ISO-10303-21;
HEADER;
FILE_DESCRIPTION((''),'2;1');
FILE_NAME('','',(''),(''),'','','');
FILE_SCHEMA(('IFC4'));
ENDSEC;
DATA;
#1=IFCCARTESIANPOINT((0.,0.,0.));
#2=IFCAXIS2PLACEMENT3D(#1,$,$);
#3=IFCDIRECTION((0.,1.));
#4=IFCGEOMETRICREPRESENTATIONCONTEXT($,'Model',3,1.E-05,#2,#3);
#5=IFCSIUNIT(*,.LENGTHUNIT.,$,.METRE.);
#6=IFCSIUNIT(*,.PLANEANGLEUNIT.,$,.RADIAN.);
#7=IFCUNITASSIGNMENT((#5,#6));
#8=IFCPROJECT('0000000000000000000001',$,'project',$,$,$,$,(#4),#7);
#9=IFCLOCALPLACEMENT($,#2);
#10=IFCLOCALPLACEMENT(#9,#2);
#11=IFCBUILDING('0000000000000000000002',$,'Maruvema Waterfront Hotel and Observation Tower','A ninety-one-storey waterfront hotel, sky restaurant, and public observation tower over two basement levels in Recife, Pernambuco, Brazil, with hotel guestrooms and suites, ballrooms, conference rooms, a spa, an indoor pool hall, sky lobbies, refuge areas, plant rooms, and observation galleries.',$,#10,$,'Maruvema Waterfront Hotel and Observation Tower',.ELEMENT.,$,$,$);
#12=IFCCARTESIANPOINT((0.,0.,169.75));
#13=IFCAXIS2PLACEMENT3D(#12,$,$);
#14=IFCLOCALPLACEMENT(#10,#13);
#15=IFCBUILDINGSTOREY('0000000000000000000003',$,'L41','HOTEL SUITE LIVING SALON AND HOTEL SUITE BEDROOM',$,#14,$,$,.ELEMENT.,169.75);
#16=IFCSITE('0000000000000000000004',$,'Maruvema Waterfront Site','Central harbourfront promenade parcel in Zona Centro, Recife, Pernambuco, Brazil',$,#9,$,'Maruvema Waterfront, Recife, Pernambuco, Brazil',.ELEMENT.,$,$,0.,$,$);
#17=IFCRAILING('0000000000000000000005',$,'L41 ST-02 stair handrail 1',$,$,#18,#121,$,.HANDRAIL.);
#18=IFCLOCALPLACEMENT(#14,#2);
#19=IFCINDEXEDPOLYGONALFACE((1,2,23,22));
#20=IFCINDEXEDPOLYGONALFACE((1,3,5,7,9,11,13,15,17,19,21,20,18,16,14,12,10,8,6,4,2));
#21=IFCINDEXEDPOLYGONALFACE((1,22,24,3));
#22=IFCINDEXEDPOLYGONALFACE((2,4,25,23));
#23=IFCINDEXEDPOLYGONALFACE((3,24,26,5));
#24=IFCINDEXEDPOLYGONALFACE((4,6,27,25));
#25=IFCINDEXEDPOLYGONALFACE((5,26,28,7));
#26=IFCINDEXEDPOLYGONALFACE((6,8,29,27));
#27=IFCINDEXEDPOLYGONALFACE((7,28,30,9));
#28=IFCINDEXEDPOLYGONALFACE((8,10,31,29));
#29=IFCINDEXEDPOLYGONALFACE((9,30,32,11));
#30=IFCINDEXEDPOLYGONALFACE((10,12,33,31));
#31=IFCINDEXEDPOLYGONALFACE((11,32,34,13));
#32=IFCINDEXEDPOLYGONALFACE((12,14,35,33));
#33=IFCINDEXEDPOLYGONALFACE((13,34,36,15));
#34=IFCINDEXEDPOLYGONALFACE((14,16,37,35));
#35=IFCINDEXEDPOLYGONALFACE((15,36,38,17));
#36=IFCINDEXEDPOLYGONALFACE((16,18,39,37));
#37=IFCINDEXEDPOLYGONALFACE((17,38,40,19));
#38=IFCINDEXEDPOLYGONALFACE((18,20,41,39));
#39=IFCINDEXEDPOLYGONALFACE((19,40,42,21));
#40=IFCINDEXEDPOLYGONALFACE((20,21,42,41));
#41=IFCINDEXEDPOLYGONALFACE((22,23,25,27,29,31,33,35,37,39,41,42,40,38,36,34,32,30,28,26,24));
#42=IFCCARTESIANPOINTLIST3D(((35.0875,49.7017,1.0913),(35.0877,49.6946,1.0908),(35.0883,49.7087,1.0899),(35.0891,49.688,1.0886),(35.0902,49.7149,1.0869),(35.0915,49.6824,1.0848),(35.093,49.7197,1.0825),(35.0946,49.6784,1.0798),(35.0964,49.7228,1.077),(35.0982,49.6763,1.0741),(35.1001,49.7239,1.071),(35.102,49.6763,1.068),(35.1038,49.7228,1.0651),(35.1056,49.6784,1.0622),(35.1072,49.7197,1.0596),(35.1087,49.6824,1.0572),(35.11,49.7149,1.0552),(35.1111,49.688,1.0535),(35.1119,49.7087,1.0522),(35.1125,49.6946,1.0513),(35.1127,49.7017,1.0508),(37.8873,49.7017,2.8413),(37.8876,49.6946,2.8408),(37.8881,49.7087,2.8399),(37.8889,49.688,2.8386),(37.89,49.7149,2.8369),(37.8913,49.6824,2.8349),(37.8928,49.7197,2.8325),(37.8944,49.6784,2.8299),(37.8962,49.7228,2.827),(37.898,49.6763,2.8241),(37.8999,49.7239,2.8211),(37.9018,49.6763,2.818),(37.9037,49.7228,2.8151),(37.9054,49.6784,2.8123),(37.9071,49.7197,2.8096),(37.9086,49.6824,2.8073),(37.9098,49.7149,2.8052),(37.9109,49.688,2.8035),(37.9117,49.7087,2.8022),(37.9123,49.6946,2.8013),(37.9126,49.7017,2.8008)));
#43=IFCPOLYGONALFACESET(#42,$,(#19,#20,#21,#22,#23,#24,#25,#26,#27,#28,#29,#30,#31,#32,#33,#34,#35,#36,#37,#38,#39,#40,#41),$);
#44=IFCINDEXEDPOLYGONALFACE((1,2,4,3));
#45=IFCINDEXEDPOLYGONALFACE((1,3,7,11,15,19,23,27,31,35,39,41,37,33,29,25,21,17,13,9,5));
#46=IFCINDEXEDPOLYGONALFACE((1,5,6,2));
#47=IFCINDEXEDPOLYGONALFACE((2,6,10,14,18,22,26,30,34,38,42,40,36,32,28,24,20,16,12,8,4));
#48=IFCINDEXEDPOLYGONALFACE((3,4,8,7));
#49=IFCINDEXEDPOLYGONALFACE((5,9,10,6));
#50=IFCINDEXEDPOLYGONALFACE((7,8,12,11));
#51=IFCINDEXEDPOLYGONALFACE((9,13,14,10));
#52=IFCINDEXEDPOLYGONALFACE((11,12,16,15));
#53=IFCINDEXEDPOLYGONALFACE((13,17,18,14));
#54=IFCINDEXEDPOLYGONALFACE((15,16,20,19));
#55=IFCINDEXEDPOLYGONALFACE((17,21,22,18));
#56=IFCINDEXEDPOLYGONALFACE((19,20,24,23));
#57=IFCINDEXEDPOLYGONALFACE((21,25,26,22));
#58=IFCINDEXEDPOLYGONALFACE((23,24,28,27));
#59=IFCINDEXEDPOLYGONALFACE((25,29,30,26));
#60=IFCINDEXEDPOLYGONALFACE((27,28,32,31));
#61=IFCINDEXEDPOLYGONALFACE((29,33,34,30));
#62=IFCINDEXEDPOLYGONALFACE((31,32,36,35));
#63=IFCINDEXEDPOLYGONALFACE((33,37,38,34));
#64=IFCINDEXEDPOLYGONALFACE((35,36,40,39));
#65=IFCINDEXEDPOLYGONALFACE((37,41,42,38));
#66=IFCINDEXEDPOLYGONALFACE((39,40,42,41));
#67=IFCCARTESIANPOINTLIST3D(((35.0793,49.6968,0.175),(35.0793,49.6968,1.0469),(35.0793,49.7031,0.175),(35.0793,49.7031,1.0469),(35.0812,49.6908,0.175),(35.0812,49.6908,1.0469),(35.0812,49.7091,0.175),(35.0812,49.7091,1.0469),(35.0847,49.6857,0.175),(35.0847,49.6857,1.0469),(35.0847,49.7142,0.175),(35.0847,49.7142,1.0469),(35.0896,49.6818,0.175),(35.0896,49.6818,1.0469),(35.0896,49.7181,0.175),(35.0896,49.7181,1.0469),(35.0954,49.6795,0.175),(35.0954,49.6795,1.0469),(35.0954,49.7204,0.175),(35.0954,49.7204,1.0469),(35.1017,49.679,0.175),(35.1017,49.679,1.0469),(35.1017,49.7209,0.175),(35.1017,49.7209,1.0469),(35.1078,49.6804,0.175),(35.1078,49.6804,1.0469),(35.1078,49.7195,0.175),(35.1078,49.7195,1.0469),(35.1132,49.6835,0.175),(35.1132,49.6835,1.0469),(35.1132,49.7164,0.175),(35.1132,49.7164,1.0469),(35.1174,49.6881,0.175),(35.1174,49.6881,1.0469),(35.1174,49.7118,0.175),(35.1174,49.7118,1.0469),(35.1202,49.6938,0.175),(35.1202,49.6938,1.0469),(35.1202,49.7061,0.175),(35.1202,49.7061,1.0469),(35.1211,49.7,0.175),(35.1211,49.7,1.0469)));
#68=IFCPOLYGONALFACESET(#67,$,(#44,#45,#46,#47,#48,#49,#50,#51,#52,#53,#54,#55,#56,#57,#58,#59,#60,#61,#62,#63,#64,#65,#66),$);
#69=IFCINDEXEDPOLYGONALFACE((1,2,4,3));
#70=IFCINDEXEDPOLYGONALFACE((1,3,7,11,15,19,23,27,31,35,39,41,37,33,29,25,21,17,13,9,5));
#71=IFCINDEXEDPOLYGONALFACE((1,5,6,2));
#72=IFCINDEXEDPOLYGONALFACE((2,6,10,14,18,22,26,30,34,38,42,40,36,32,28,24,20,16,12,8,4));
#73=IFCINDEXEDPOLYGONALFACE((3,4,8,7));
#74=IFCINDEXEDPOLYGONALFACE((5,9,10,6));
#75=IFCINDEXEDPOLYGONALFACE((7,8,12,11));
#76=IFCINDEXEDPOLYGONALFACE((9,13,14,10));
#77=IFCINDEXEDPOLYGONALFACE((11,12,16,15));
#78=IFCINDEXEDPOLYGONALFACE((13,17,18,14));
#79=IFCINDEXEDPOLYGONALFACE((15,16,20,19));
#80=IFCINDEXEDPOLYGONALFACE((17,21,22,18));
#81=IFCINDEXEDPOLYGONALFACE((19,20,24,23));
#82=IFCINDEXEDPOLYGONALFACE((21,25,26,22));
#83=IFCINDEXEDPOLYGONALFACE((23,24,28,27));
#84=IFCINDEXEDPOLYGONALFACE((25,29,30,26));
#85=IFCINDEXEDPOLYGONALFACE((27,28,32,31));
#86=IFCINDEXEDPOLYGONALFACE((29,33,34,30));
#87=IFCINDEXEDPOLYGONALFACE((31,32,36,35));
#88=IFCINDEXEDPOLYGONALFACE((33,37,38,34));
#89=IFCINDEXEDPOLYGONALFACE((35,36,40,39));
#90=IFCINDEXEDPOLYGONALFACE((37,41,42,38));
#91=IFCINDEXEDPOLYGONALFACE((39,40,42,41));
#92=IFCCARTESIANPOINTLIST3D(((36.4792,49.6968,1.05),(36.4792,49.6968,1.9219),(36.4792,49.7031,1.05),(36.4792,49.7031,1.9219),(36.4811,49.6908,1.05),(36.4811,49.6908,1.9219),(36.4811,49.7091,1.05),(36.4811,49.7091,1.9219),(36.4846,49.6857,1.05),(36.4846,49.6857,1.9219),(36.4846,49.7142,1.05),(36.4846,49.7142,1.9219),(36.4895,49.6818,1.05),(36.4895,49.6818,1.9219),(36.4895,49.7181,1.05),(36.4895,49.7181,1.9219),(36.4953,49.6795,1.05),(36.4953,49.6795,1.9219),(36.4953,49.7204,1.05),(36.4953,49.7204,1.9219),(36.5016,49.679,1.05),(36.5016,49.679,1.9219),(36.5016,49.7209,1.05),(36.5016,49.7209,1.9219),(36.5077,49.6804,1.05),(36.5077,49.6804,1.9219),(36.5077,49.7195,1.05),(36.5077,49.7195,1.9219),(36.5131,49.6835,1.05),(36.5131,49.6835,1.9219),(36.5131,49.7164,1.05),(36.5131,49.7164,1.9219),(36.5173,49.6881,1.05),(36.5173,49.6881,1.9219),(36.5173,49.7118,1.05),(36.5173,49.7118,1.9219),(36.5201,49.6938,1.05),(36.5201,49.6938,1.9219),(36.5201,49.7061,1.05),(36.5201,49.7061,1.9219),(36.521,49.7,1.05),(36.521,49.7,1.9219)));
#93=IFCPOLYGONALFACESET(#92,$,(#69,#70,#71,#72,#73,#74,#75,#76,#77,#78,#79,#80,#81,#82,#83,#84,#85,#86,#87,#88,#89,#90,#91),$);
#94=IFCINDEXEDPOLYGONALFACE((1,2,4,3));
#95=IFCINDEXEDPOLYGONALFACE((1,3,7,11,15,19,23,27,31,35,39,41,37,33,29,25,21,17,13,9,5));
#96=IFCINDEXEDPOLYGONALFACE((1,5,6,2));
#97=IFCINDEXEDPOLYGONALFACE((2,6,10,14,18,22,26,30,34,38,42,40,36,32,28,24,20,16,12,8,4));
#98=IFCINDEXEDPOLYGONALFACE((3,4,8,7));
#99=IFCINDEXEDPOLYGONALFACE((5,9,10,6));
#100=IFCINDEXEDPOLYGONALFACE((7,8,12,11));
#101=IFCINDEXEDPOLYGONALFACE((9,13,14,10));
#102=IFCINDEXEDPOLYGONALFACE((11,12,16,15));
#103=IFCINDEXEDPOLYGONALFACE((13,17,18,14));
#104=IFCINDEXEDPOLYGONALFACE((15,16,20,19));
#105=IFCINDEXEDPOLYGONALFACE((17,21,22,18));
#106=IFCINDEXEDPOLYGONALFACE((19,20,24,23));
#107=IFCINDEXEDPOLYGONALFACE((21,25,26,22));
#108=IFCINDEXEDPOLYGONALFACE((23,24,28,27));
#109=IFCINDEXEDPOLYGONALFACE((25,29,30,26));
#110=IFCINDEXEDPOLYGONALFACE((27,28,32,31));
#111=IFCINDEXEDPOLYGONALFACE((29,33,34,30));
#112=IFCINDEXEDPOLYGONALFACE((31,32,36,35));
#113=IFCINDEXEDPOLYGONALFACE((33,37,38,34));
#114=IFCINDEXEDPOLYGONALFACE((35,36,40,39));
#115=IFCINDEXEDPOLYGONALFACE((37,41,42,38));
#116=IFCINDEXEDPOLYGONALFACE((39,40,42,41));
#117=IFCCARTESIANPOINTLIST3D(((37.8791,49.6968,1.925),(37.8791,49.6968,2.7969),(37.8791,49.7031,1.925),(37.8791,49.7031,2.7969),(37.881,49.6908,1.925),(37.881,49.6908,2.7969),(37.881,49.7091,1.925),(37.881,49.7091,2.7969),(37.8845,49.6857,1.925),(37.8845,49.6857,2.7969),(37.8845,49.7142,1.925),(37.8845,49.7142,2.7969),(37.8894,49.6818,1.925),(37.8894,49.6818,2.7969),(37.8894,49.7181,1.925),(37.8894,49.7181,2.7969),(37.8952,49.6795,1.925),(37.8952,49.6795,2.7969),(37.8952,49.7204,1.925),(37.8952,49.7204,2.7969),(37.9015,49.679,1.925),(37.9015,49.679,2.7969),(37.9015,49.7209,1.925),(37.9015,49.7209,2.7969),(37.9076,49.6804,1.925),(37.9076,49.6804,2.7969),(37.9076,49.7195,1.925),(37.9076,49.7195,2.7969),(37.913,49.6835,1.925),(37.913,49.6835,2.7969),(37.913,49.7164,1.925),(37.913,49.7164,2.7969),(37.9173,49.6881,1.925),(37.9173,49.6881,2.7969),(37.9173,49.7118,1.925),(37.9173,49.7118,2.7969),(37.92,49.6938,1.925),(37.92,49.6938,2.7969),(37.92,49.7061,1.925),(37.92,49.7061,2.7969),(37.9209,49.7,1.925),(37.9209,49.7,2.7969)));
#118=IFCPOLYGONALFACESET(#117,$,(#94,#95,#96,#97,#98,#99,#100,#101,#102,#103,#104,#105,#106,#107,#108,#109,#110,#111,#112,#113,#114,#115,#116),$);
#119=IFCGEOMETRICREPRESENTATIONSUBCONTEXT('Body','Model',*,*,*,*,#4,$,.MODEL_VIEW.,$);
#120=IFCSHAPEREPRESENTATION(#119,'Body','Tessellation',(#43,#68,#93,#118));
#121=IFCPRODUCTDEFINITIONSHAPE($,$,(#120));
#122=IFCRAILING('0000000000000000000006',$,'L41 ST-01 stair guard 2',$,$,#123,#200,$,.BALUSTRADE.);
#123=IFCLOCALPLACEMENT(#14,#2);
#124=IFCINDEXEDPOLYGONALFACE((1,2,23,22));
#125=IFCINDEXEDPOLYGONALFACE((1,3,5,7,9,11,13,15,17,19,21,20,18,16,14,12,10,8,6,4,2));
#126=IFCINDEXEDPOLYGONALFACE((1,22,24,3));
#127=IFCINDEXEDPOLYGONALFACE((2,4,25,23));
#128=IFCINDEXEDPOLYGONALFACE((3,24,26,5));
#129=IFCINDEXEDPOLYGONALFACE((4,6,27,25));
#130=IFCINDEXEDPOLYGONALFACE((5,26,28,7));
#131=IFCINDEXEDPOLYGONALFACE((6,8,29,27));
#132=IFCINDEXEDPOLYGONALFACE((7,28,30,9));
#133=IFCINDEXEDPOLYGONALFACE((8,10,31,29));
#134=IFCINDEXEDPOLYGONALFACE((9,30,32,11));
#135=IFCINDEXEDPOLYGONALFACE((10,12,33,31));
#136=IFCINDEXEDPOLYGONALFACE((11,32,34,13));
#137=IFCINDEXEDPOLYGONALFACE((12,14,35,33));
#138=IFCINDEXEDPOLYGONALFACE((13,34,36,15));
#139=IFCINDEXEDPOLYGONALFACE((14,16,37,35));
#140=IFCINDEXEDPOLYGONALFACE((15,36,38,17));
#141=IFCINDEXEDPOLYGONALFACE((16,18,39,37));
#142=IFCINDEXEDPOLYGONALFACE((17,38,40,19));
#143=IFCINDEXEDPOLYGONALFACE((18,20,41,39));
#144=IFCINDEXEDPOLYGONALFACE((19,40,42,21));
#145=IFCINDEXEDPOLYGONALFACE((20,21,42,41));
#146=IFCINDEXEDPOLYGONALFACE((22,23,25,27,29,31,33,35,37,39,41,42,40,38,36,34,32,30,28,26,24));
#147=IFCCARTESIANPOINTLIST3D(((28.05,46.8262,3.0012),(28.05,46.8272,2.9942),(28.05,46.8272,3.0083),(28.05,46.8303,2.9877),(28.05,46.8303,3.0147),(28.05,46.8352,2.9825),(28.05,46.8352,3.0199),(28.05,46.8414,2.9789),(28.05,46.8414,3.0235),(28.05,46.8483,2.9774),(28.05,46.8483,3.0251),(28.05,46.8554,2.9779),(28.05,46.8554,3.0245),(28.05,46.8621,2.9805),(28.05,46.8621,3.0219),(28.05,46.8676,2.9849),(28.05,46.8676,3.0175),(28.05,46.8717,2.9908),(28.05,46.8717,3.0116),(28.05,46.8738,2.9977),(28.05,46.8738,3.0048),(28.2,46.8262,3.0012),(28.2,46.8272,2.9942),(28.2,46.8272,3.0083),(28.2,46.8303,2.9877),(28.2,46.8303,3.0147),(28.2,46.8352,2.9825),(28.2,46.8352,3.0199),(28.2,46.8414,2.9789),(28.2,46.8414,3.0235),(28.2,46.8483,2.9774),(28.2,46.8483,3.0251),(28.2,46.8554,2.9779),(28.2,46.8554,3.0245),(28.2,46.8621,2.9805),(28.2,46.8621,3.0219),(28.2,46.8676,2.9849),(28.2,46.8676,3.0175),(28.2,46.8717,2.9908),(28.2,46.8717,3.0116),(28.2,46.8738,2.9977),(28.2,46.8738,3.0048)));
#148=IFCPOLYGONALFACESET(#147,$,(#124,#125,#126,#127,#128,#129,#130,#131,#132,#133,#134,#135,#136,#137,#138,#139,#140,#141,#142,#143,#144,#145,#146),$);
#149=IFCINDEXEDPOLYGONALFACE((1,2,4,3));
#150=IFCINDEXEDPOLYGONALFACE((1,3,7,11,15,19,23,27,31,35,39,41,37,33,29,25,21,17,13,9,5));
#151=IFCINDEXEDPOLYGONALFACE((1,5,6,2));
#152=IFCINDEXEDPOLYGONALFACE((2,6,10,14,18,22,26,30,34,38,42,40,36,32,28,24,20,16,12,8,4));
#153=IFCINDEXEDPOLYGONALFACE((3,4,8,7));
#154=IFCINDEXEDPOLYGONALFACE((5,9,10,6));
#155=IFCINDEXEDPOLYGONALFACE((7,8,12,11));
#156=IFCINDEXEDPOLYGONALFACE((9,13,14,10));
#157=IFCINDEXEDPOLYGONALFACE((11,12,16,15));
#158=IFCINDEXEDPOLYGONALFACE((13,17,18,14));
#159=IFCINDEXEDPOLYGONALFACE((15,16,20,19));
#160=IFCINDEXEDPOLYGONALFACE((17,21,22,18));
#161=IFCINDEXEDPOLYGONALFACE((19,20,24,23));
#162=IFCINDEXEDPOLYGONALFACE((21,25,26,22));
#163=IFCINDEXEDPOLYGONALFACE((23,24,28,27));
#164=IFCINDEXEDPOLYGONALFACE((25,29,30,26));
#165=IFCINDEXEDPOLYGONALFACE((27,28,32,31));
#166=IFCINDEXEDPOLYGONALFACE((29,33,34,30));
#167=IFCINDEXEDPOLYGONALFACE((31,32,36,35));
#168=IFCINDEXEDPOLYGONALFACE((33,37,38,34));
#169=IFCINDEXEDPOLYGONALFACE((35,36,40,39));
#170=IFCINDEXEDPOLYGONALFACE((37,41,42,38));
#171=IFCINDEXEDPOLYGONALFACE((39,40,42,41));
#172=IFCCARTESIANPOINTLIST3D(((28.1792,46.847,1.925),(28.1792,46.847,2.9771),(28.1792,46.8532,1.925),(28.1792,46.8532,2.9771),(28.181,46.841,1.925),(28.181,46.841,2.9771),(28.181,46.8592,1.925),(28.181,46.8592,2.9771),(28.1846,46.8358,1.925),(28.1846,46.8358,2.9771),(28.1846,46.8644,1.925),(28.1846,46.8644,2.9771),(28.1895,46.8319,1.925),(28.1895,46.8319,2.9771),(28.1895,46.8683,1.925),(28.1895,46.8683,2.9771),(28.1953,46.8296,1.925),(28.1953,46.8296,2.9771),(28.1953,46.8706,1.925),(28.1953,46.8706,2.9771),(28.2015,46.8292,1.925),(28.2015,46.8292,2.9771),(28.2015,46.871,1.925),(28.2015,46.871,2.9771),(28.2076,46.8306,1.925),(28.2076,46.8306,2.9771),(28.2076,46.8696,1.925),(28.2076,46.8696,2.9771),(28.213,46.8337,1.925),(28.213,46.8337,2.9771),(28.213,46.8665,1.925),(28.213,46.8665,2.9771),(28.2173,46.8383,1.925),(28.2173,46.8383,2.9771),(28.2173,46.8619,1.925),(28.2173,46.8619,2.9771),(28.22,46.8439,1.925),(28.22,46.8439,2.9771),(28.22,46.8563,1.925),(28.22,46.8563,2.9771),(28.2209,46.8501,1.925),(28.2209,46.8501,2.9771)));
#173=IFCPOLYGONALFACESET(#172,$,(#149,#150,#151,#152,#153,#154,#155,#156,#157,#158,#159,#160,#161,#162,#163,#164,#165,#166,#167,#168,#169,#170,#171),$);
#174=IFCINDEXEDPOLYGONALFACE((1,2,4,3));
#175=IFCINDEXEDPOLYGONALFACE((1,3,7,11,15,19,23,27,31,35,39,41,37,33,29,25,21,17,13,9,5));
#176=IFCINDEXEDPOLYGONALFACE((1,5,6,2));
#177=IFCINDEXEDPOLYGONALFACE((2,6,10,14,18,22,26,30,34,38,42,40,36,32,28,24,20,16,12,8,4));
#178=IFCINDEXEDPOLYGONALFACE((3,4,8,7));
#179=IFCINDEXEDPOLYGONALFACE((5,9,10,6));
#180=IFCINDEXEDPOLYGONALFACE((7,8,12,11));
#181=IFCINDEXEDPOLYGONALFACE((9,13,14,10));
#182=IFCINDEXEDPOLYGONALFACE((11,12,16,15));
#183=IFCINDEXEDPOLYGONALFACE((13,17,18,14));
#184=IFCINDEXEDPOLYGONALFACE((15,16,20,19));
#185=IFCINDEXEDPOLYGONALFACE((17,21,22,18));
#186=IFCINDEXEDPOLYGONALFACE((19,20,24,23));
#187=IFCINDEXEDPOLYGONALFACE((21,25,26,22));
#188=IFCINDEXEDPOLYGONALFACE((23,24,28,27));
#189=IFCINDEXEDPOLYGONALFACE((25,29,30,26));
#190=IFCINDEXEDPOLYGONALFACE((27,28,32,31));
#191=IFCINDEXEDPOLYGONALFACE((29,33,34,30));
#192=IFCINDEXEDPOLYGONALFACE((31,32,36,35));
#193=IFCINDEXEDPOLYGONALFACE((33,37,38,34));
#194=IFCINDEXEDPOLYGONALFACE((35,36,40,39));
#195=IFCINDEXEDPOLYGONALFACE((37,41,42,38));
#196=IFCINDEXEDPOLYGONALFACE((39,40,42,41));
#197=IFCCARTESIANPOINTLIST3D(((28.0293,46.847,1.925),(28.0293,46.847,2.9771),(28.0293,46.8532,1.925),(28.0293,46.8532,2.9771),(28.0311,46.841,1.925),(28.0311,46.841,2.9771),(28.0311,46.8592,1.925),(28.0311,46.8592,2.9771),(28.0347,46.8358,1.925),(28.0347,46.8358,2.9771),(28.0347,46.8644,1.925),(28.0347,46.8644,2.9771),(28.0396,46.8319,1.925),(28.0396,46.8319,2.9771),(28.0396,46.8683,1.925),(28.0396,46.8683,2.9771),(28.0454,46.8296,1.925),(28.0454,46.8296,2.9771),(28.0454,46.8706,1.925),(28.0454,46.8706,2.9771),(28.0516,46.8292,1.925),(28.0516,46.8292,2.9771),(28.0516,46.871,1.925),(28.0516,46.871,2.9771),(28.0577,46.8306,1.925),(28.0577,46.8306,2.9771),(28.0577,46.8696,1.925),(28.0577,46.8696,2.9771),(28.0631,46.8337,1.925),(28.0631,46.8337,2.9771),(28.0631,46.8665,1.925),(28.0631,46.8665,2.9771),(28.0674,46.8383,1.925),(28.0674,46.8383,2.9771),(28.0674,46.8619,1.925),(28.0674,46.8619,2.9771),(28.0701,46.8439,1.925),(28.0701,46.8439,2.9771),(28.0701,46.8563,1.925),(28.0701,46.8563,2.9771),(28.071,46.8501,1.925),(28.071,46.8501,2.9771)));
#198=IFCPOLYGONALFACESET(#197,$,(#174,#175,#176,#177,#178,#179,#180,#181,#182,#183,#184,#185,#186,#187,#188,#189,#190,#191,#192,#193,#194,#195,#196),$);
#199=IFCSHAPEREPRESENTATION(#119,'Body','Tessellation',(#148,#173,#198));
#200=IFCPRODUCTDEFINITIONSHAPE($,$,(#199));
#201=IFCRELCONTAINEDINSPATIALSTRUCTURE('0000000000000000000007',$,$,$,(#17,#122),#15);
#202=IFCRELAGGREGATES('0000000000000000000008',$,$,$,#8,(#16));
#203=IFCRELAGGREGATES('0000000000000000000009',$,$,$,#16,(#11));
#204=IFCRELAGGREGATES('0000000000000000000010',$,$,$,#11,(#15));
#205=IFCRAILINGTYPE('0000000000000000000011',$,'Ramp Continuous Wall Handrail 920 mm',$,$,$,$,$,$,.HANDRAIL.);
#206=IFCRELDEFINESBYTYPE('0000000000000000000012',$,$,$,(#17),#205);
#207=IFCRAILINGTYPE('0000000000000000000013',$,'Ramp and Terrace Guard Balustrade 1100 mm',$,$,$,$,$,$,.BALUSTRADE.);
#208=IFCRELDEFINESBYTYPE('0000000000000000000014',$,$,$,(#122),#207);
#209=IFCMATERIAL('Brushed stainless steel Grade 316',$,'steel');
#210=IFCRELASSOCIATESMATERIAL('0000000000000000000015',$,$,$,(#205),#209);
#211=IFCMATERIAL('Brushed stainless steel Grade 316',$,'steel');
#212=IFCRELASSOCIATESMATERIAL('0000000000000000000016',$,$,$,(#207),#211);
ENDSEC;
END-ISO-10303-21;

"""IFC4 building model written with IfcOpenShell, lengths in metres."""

from ifc_helpers import new_model, si_unit, direction, frame, origin, origin_2d, place, context, subcontext, project, spatial, circle, extrude, material, type_object, element, save


model = new_model("IFC4")

# Units and contexts
model_context = context("Model", 3, precision=1e-05, world=origin(), true_north=direction((0.0, 1.0)))
body_context = subcontext(model_context, "Body", "Model", "MODEL_VIEW")
ifc_project = project(units=[si_unit("LENGTHUNIT", "METRE"), si_unit("PLANEANGLEUNIT", "RADIAN")], contexts=[model_context])

# Site, building, storey
site_placement = place(None, origin())
site = spatial("IfcSite", under=ifc_project, at=site_placement, Name="Maruvema Waterfront Site", Description="Central harbourfront promenade parcel in Zona Centro, Recife, Pernambuco, Brazil", LongName="Maruvema Waterfront, Recife, Pernambuco, Brazil", CompositionType="ELEMENT", RefElevation=0.0)
building_placement = place(site_placement, origin())
building = spatial("IfcBuilding", under=site, at=building_placement, Name="Maruvema Waterfront Hotel and Observation Tower", Description="A ninety-one-storey waterfront hotel, sky restaurant, and public observation tower over two basement levels in Recife, Pernambuco, Brazil, with hotel guestrooms and suites, ballrooms, conference rooms, a spa, an indoor pool hall, sky lobbies, refuge areas, plant rooms, and observation galleries.", LongName="Maruvema Waterfront Hotel and Observation Tower", CompositionType="ELEMENT")
storey_placement = place(building_placement, frame((0.0, 0.0, 169.75)))
storey = spatial("IfcBuildingStorey", under=building, at=storey_placement, Name="L41", Description="HOTEL SUITE LIVING SALON AND HOTEL SUITE BEDROOM", CompositionType="ELEMENT", Elevation=169.75)

# Railings
ifc_material_1 = material(Name="Brushed stainless steel Grade 316", Category="steel")
railing_type_1 = type_object("IfcRailingType", Name="Ramp Continuous Wall Handrail 920 mm", PredefinedType="HANDRAIL", material=ifc_material_1)
railing_1_placement = place(storey_placement, frame((35.1001, 49.7, 0.175)))
element("IfcRailing", 1, at=railing_1_placement, inside=storey, type_object=railing_type_1, Name="L41 ST-02 stair handrail 1", PredefinedType="HANDRAIL", context=body_context, shape_type="SweptSolid", body=[
    extrude(circle(Radius=0.0239, at=origin_2d()), frame((0.0, 0.0, 0.896), z_axis=(0.847982, 0.0, 0.530026), x_axis=(0.0, 1.0, 0.0)), (0.0, 0.0, 1.0), 3.3018),
    extrude(circle(Radius=0.021, at=origin_2d()), origin(), (0.0, 0.0, 1.0), 0.8718),
    extrude(circle(Radius=0.021, at=origin_2d()), frame((1.3999, 0.0, 0.875)), (0.0, 0.0, 1.0), 0.8718),
    extrude(circle(Radius=0.021, at=origin_2d()), frame((2.7998, 0.0, 1.75)), (0.0, 0.0, 1.0), 0.8718),
])
ifc_material_2 = material(Name="Brushed stainless steel Grade 316", Category="steel")
railing_type_2 = type_object("IfcRailingType", Name="Ramp and Terrace Guard Balustrade 1100 mm", PredefinedType="BALUSTRADE", material=ifc_material_2)
railing_2_placement = place(storey_placement, frame((28.2, 46.8501, 1.925)))
element("IfcRailing", 2, at=railing_2_placement, inside=storey, type_object=railing_type_2, Name="L41 ST-01 stair guard 2", PredefinedType="BALUSTRADE", context=body_context, shape_type="SweptSolid", body=[
    extrude(circle(Radius=0.0239, at=origin_2d()), frame((0.0, 0.0, 1.0762), z_axis=(-1.0, 0.0, 0.0), x_axis=(0.0, -1.0, 0.0)), (0.0, 0.0, 1.0), 0.1499),
    extrude(circle(Radius=0.021, at=origin_2d()), origin(), (0.0, 0.0, 1.0), 1.052),
    extrude(circle(Radius=0.021, at=origin_2d()), frame((-0.1499, 0.0, 0.0)), (0.0, 0.0, 1.0), 1.052),
])

save(model, "model.ifc")
